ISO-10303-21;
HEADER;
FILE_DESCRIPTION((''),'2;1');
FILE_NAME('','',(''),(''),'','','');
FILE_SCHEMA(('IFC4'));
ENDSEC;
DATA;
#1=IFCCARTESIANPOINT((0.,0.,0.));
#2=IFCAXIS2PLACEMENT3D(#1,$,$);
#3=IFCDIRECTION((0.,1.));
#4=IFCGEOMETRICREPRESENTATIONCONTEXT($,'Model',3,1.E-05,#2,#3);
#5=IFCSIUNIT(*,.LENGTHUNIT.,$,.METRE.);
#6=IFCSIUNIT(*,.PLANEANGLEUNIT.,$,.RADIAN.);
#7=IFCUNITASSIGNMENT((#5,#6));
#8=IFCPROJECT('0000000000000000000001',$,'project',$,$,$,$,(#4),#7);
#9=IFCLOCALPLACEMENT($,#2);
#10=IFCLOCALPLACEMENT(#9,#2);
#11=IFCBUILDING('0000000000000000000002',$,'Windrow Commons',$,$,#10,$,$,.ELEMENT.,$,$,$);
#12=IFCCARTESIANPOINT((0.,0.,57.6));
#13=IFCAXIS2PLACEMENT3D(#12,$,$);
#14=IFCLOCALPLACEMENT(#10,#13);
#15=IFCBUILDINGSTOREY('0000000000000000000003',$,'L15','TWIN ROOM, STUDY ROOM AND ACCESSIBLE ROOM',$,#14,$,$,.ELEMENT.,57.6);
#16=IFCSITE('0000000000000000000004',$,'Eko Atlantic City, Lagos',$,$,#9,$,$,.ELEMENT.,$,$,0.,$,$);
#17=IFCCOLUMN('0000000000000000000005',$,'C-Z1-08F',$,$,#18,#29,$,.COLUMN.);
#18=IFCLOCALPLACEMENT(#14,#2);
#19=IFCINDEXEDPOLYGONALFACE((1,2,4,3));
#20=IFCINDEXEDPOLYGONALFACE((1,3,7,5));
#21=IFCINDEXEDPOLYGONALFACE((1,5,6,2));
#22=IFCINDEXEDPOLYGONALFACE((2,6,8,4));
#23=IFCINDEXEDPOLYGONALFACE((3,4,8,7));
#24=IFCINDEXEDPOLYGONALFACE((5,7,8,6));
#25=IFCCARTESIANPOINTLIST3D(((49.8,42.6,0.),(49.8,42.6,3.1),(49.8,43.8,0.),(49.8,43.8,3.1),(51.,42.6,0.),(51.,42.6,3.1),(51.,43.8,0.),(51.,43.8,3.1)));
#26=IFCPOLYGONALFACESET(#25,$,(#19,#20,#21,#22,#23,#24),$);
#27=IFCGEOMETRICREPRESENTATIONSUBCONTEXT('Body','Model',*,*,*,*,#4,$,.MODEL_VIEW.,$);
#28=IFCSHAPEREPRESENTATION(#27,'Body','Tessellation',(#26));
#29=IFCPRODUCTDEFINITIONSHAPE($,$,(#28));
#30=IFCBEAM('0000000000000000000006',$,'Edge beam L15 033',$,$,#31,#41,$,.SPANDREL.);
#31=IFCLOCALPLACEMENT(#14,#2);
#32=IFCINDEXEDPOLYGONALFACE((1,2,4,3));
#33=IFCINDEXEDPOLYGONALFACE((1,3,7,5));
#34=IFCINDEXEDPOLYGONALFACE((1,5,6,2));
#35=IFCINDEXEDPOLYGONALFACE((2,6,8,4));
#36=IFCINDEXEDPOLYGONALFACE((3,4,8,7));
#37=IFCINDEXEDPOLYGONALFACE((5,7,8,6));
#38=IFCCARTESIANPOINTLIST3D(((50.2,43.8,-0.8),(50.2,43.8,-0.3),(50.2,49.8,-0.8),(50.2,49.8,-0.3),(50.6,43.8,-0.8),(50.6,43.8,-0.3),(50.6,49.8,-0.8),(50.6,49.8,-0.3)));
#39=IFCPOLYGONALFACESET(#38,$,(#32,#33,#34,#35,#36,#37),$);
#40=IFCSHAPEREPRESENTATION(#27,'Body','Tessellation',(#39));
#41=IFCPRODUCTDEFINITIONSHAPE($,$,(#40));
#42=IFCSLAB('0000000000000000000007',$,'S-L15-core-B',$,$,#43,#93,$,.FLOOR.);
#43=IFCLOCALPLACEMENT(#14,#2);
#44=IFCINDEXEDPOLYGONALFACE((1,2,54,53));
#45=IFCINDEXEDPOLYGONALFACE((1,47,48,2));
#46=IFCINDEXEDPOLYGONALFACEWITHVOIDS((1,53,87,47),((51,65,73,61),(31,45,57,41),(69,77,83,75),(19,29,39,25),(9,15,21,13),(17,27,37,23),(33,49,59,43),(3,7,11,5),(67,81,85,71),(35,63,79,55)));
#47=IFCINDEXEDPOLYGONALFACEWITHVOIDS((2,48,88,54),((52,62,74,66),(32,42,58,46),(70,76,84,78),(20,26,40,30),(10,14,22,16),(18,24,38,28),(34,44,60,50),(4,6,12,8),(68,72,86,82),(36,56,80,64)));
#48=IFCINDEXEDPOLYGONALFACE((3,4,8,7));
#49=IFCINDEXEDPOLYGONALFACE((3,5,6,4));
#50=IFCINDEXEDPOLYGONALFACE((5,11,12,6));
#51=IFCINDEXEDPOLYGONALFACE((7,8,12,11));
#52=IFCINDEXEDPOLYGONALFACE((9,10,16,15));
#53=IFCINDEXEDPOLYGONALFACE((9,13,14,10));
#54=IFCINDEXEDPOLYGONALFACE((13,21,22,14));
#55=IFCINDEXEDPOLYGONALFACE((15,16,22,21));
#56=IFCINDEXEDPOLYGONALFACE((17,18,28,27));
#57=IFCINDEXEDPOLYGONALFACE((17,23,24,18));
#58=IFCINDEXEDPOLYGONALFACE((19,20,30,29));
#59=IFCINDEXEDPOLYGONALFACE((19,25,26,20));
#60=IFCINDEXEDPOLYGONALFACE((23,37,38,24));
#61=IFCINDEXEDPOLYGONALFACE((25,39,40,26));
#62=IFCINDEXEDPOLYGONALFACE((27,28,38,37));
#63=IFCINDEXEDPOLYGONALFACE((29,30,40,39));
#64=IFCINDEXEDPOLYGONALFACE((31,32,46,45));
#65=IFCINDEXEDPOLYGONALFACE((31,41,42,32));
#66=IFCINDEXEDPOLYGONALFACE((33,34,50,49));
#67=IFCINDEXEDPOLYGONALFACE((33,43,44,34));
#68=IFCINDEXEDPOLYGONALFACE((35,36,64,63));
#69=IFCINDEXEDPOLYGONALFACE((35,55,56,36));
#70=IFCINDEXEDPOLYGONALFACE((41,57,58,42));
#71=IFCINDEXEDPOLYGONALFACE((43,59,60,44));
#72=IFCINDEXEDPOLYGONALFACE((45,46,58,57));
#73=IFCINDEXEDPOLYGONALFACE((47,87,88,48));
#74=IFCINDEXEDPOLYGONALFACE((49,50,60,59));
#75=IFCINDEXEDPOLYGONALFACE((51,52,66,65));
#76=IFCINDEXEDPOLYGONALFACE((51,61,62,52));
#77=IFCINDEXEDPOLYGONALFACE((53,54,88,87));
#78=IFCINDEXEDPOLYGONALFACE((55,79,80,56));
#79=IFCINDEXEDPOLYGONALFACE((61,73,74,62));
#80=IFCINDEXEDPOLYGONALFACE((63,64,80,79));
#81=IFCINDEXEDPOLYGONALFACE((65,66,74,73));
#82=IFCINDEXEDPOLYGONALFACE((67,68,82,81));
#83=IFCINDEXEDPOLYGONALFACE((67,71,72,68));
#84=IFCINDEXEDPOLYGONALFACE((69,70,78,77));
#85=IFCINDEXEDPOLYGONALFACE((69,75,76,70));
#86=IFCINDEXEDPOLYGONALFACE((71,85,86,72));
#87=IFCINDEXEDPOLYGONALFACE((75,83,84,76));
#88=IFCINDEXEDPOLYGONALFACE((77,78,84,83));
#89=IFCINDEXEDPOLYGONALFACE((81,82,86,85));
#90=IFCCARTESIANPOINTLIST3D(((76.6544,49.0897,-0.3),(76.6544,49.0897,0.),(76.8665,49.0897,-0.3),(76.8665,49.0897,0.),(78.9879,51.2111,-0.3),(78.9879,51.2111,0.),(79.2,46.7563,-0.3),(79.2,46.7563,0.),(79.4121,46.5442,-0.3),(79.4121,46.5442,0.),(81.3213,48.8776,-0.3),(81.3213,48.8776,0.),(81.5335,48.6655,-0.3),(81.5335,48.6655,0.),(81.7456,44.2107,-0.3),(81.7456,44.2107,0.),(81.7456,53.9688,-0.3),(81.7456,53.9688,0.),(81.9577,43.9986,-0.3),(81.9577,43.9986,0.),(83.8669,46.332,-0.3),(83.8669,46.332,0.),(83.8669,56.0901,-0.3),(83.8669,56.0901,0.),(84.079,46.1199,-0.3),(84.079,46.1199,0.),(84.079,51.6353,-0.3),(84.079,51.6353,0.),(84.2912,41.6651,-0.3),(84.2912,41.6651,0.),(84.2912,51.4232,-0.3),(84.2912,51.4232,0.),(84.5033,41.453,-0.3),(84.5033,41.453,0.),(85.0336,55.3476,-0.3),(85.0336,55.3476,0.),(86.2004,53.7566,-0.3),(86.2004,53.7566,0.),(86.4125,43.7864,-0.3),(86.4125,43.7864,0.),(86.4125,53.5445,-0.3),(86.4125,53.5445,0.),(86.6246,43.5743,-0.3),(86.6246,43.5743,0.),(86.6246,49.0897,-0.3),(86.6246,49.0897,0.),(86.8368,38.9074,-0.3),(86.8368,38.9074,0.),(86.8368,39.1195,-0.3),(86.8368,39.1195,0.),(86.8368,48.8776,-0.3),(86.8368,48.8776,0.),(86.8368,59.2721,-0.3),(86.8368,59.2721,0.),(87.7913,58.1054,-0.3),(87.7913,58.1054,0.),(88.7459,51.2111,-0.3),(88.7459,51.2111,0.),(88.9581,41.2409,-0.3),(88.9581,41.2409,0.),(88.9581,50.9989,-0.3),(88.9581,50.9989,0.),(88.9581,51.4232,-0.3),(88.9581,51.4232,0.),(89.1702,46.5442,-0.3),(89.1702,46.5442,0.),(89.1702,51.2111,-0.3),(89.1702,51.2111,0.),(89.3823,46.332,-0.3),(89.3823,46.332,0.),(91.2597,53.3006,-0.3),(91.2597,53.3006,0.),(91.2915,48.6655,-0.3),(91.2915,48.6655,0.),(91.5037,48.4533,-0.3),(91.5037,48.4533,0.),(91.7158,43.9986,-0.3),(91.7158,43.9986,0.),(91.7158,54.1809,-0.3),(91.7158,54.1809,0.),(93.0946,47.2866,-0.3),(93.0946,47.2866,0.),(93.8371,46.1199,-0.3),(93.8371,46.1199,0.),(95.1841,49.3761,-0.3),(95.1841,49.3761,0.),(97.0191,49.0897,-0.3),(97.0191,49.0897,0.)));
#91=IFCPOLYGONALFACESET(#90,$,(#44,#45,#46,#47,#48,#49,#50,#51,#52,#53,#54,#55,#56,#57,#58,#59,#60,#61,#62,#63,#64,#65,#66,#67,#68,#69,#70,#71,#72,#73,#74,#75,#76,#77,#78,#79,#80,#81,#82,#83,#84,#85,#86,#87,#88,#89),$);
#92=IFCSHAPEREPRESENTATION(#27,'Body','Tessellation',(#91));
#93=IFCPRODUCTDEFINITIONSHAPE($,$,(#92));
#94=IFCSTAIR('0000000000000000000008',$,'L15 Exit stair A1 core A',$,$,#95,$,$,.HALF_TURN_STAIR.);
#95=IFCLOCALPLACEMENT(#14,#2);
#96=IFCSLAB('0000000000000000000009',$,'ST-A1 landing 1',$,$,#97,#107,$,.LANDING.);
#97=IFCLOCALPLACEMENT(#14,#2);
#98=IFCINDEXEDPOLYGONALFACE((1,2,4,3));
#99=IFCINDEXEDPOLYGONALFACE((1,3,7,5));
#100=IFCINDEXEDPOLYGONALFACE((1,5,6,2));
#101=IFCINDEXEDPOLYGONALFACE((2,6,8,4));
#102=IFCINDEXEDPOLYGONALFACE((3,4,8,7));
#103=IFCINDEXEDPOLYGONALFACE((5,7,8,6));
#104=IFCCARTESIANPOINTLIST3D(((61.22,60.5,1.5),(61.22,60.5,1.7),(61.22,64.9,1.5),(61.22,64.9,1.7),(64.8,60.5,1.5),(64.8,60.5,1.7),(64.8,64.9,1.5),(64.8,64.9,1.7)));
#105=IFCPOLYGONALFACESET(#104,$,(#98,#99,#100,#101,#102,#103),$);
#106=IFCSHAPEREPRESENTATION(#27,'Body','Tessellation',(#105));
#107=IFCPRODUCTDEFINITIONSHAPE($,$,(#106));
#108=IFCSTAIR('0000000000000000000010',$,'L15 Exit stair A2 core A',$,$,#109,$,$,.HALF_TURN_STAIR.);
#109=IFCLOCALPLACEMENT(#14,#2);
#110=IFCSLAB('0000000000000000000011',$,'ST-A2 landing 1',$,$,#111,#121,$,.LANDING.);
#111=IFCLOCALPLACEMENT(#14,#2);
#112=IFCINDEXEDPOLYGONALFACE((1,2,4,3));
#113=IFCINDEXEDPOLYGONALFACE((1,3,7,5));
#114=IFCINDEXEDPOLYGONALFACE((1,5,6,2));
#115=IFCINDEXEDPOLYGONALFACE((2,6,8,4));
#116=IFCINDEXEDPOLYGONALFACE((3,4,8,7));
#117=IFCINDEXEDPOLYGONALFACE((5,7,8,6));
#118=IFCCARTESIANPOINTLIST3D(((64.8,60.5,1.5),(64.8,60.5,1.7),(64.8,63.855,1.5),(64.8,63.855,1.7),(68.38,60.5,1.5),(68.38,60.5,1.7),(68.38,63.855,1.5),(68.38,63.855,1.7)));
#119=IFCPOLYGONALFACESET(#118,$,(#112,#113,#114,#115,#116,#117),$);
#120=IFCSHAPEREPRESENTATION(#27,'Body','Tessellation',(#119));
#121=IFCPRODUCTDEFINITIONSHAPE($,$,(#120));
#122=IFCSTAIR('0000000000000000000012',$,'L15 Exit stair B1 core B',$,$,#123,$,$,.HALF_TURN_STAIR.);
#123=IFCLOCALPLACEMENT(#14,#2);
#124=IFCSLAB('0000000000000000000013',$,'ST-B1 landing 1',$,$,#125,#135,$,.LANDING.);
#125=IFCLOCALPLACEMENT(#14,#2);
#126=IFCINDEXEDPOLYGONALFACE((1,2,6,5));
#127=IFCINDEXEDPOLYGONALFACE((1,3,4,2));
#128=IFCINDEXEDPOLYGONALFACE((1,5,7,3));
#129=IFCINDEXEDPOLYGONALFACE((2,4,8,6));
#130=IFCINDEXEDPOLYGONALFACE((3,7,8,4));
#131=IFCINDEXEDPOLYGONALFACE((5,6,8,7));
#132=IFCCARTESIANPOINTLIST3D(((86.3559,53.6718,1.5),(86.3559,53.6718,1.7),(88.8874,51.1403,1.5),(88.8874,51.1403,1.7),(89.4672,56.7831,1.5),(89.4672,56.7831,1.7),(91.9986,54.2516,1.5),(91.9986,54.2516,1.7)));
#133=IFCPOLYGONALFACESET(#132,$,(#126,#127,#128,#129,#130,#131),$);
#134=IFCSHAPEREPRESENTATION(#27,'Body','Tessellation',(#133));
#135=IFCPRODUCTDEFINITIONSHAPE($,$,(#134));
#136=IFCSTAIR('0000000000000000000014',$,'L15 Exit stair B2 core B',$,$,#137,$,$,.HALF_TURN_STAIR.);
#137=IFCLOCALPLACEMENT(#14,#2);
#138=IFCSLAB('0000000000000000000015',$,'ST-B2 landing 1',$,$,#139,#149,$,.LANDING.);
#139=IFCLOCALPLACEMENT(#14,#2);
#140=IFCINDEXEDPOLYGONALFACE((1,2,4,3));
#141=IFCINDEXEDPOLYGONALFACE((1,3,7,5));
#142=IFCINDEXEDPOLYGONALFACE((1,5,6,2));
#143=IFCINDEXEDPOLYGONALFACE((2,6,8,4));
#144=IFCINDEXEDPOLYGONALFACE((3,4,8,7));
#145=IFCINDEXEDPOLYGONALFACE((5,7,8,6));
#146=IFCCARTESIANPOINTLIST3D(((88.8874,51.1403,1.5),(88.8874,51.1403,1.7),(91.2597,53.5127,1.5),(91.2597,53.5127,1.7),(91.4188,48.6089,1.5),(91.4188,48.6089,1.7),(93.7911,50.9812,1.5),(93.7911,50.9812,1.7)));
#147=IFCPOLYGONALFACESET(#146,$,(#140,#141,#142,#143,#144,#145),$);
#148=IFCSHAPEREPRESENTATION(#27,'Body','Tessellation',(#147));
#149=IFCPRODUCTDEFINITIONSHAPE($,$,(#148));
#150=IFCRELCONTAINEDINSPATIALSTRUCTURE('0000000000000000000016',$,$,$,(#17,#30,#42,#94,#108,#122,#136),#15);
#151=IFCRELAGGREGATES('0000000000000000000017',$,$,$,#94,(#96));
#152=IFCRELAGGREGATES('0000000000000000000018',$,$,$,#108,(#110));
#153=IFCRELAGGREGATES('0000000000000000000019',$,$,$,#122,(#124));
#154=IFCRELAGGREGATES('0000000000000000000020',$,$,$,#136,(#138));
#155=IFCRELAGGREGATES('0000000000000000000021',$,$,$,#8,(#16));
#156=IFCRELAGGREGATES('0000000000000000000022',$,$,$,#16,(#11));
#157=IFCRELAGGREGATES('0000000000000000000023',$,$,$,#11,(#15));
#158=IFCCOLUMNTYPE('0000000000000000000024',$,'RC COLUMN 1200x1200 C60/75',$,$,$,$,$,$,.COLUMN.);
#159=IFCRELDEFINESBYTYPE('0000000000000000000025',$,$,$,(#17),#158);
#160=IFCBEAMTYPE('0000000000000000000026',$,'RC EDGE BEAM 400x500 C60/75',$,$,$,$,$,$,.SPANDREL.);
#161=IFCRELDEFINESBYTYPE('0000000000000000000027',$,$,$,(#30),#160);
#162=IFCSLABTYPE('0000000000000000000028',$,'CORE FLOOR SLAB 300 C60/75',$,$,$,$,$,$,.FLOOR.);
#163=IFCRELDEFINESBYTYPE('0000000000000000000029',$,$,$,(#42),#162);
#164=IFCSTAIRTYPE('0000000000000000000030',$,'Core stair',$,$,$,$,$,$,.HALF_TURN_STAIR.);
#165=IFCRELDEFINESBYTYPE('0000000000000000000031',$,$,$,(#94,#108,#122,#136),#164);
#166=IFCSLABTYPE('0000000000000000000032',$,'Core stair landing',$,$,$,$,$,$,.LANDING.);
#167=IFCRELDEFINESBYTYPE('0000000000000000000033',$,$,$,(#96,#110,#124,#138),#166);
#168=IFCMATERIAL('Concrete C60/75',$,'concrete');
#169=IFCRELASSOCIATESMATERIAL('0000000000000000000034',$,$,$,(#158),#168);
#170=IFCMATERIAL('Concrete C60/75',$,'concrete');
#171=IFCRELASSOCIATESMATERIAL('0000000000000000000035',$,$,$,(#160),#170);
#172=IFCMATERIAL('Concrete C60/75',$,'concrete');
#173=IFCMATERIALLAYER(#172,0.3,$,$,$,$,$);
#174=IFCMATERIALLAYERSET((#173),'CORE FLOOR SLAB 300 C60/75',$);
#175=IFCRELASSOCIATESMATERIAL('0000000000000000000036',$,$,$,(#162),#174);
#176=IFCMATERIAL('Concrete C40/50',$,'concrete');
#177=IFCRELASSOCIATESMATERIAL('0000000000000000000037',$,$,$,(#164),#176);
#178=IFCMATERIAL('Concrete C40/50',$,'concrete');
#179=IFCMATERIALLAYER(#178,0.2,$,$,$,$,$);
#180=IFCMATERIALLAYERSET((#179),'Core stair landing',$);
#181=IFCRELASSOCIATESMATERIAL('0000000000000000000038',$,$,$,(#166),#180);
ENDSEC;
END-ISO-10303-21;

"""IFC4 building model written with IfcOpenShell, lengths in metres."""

from ifc_helpers import new_model, si_unit, direction, frame, origin, origin_2d, place, context, subcontext, project, spatial, polyline, rectangle, outline, extrude, material, layer, layer_set, material_profile, profile_set, type_object, element, aggregate, save


model = new_model("IFC4")

# Units and contexts
model_context = context("Model", 3, precision=1e-05, world=origin(), true_north=direction((0.0, 1.0)))
body_context = subcontext(model_context, "Body", "Model", "MODEL_VIEW")
ifc_project = project(units=[si_unit("LENGTHUNIT", "METRE"), si_unit("PLANEANGLEUNIT", "RADIAN")], contexts=[model_context])

# Site, building, storey
site_placement = place(None, origin())
site = spatial("IfcSite", under=ifc_project, at=site_placement, Name="Eko Atlantic City, Lagos", CompositionType="ELEMENT", RefElevation=0.0)
building_placement = place(site_placement, origin())
building = spatial("IfcBuilding", under=site, at=building_placement, Name="Windrow Commons", CompositionType="ELEMENT")
storey_placement = place(building_placement, frame((0.0, 0.0, 57.6)))
storey = spatial("IfcBuildingStorey", under=building, at=storey_placement, Name="L15", Description="TWIN ROOM, STUDY ROOM AND ACCESSIBLE ROOM", CompositionType="ELEMENT", Elevation=57.6)

# Column
ifc_material_1 = material(Name="Concrete C60/75", Category="concrete")
ifc_material_profile_1 = material_profile(ifc_material_1, rectangle(XDim=1.2, YDim=1.2, at=origin_2d()))
ifc_profile_set_1 = profile_set([ifc_material_profile_1], Name="Concrete C60/75")
column_type = type_object("IfcColumnType", Name="RC COLUMN 1200x1200 C60/75", PredefinedType="COLUMN", material=ifc_profile_set_1)
column_placement = place(storey_placement, frame((50.4, 43.2, 0.0), z_axis=(0.0, 0.0, 1.0), x_axis=(1.0, 0.0, 0.0)))
element("IfcColumn", 1, at=column_placement, inside=storey, type_object=column_type, Name="C-Z1-08F", PredefinedType="COLUMN", context=body_context, shape_type="SweptSolid", body=[
    extrude(rectangle(XDim=1.2, YDim=1.2, at=origin_2d()), origin(), (0.0, 0.0, 1.0), 3.1),
])

# Beam
ifc_material_2 = material(Name="Concrete C60/75", Category="concrete")
ifc_material_profile_2 = material_profile(ifc_material_2, rectangle(XDim=0.4, YDim=0.5, at=origin_2d()))
ifc_profile_set_2 = profile_set([ifc_material_profile_2], Name="Concrete C60/75")
beam_type = type_object("IfcBeamType", Name="RC EDGE BEAM 400x500 C60/75", PredefinedType="SPANDREL", material=ifc_profile_set_2)
beam_placement = place(storey_placement, frame((50.4, 43.8, -0.55), z_axis=(0.0, 1.0, 0.0), x_axis=(-1.0, 0.0, 0.0)))
element("IfcBeam", 2, at=beam_placement, inside=storey, type_object=beam_type, Name="Edge beam L15 033", PredefinedType="SPANDREL", context=body_context, shape_type="SweptSolid", body=[
    extrude(rectangle(XDim=0.4, YDim=0.5, at=origin_2d()), origin(), (0.0, 0.0, 1.0), 6.0),
])

# Slab, openings
ifc_material_3 = material(Name="Concrete C60/75", Category="concrete")
ifc_layer_1 = layer(ifc_material_3, 0.3)
ifc_layer_set_1 = layer_set([ifc_layer_1], Name="CORE FLOOR SLAB 300 C60/75")
slab_type_1 = type_object("IfcSlabType", Name="CORE FLOOR SLAB 300 C60/75", PredefinedType="FLOOR", material=ifc_layer_set_1)
placement_1 = place(storey_placement, frame((0.0, 0.0, -0.3)))
slab_1 = element("IfcSlab", 3, at=placement_1, inside=storey, type_object=slab_type_1, Name="S-L15-core-B", PredefinedType="FLOOR", context=body_context, shape_type="SweptSolid", body=[
    extrude(outline(polyline([(76.6544, 49.0897), (86.8368, 38.9074), (97.0191, 49.0897), (86.8368, 59.2721), (76.6544, 49.0897)]), holes=[polyline([(76.8665, 49.0897), (79.2, 46.7563), (81.3213, 48.8776), (78.9879, 51.2111), (76.8665, 49.0897)]), polyline([(79.4121, 46.5442), (81.7456, 44.2107), (83.8669, 46.332), (81.5335, 48.6655), (79.4121, 46.5442)]), polyline([(81.9577, 43.9986), (84.2912, 41.6651), (86.4125, 43.7864), (84.079, 46.1199), (81.9577, 43.9986)]), polyline([(84.5033, 41.453), (86.8368, 39.1195), (88.9581, 41.2409), (86.6246, 43.5743), (84.5033, 41.453)]), polyline([(81.7456, 53.9688), (84.079, 51.6353), (86.2004, 53.7566), (83.8669, 56.0901), (81.7456, 53.9688)]), polyline([(84.2912, 51.4232), (86.6246, 49.0897), (88.7459, 51.2111), (86.4125, 53.5445), (84.2912, 51.4232)]), polyline([(86.8368, 48.8776), (89.1702, 46.5442), (91.2915, 48.6655), (88.9581, 50.9989), (86.8368, 48.8776)]), polyline([(89.3823, 46.332), (91.7158, 43.9986), (93.8371, 46.1199), (91.5037, 48.4533), (89.3823, 46.332)]), polyline([(85.0336, 55.3476), (88.9581, 51.4232), (91.7158, 54.1809), (87.7913, 58.1054), (85.0336, 55.3476)]), polyline([(89.1702, 51.2111), (93.0946, 47.2866), (95.1841, 49.3761), (91.2597, 53.3006), (89.1702, 51.2111)])]), origin(), (0.0, 0.0, 1.0), 0.3),
])
opening_1_placement = place(placement_1, origin())
element("IfcOpeningElement", 4, at=opening_1_placement, cuts=slab_1, PredefinedType="OPENING", context=body_context, shape_type="SweptSolid", body=[
    extrude(outline(polyline([(76.8736, 49.0897), (78.9879, 51.204), (81.3142, 48.8776), (79.2, 46.7634), (76.8736, 49.0897)])), origin(), (0.0, 0.0, 1.0), 0.3),
])
opening_2_placement = place(placement_1, origin())
element("IfcOpeningElement", 5, at=opening_2_placement, cuts=slab_1, PredefinedType="OPENING", context=body_context, shape_type="SweptSolid", body=[
    extrude(outline(polyline([(79.4192, 46.5442), (81.5335, 48.6584), (83.8598, 46.332), (81.7456, 44.2178), (79.4192, 46.5442)])), origin(), (0.0, 0.0, 1.0), 0.3),
])
opening_3_placement = place(placement_1, origin())
element("IfcOpeningElement", 6, at=opening_3_placement, cuts=slab_1, PredefinedType="OPENING", context=body_context, shape_type="SweptSolid", body=[
    extrude(outline(polyline([(81.9648, 43.9986), (84.079, 46.1128), (86.4054, 43.7864), (84.2912, 41.6722), (81.9648, 43.9986)])), origin(), (0.0, 0.0, 1.0), 0.3),
])
opening_4_placement = place(placement_1, origin())
element("IfcOpeningElement", 7, at=opening_4_placement, cuts=slab_1, PredefinedType="OPENING", context=body_context, shape_type="SweptSolid", body=[
    extrude(outline(polyline([(84.5104, 41.453), (86.6246, 43.5672), (88.951, 41.2409), (86.8368, 39.1266), (84.5104, 41.453)])), origin(), (0.0, 0.0, 1.0), 0.3),
])
opening_5_placement = place(placement_1, origin())
element("IfcOpeningElement", 8, at=opening_5_placement, cuts=slab_1, PredefinedType="OPENING", context=body_context, shape_type="SweptSolid", body=[
    extrude(outline(polyline([(81.7527, 53.9688), (83.8669, 56.083), (86.1933, 53.7566), (84.079, 51.6424), (81.7527, 53.9688)])), origin(), (0.0, 0.0, 1.0), 0.3),
])
opening_6_placement = place(placement_1, origin())
element("IfcOpeningElement", 9, at=opening_6_placement, cuts=slab_1, PredefinedType="OPENING", context=body_context, shape_type="SweptSolid", body=[
    extrude(outline(polyline([(84.2983, 51.4232), (86.4125, 53.5374), (88.7388, 51.2111), (86.6246, 49.0968), (84.2983, 51.4232)])), origin(), (0.0, 0.0, 1.0), 0.3),
])
opening_7_placement = place(placement_1, origin())
element("IfcOpeningElement", 10, at=opening_7_placement, cuts=slab_1, PredefinedType="OPENING", context=body_context, shape_type="SweptSolid", body=[
    extrude(outline(polyline([(86.8439, 48.8776), (88.9581, 50.9918), (91.2844, 48.6655), (89.1702, 46.5513), (86.8439, 48.8776)])), origin(), (0.0, 0.0, 1.0), 0.3),
])
opening_8_placement = place(placement_1, origin())
element("IfcOpeningElement", 11, at=opening_8_placement, cuts=slab_1, PredefinedType="OPENING", context=body_context, shape_type="SweptSolid", body=[
    extrude(outline(polyline([(89.3894, 46.332), (91.5037, 48.4462), (93.83, 46.1199), (91.7158, 44.0057), (89.3894, 46.332)])), origin(), (0.0, 0.0, 1.0), 0.3),
])
opening_9_placement = place(placement_1, origin())
element("IfcOpeningElement", 12, at=opening_9_placement, cuts=slab_1, PredefinedType="OPENING", context=body_context, shape_type="SweptSolid", body=[
    extrude(outline(polyline([(85.0407, 55.3476), (87.7913, 58.0983), (91.7087, 54.1809), (88.9581, 51.4303), (85.0407, 55.3476)])), origin(), (0.0, 0.0, 1.0), 0.3),
])
opening_10_placement = place(placement_1, origin())
element("IfcOpeningElement", 13, at=opening_10_placement, cuts=slab_1, PredefinedType="OPENING", context=body_context, shape_type="SweptSolid", body=[
    extrude(outline(polyline([(89.1773, 51.2111), (91.2597, 53.2935), (95.177, 49.3761), (93.0946, 47.2937), (89.1773, 51.2111)])), origin(), (0.0, 0.0, 1.0), 0.3),
])

# Stairs, slabs
ifc_material_4 = material(Name="Concrete C40/50", Category="concrete")
stair_type = type_object("IfcStairType", Name="Core stair", PredefinedType="HALF_TURN_STAIR", material=ifc_material_4)
placement_2 = place(storey_placement, origin())
stair_1 = element("IfcStair", 14, at=placement_2, inside=storey, type_object=stair_type, Name="L15 Exit stair A1 core A", PredefinedType="HALF_TURN_STAIR")
ifc_material_5 = material(Name="Concrete C40/50", Category="concrete")
ifc_layer_2 = layer(ifc_material_5, 0.2)
ifc_layer_set_2 = layer_set([ifc_layer_2], Name="Core stair landing")
slab_type_2 = type_object("IfcSlabType", Name="Core stair landing", PredefinedType="LANDING", material=ifc_layer_set_2)
placement_3 = place(storey_placement, frame((0.0, 0.0, 1.5)))
slab_2 = element("IfcSlab", 15, at=placement_3, type_object=slab_type_2, Name="ST-A1 landing 1", PredefinedType="LANDING", context=body_context, shape_type="SweptSolid", body=[
    extrude(outline(polyline([(61.22, 60.5), (64.8, 60.5), (64.8, 64.9), (61.22, 64.9), (61.22, 60.5)])), origin(), (0.0, 0.0, 1.0), 0.2),
])
aggregate(stair_1, [slab_2])
stair_2 = element("IfcStair", 16, at=placement_2, inside=storey, type_object=stair_type, Name="L15 Exit stair A2 core A", PredefinedType="HALF_TURN_STAIR")
slab_3 = element("IfcSlab", 17, at=placement_3, type_object=slab_type_2, Name="ST-A2 landing 1", PredefinedType="LANDING", context=body_context, shape_type="SweptSolid", body=[
    extrude(outline(polyline([(64.8, 60.5), (68.38, 60.5), (68.38, 63.855), (64.8, 63.855), (64.8, 60.5)])), origin(), (0.0, 0.0, 1.0), 0.2),
])
aggregate(stair_2, [slab_3])
stair_3 = element("IfcStair", 18, at=placement_2, inside=storey, type_object=stair_type, Name="L15 Exit stair B1 core B", PredefinedType="HALF_TURN_STAIR")
slab_4 = element("IfcSlab", 19, at=placement_3, type_object=slab_type_2, Name="ST-B1 landing 1", PredefinedType="LANDING", context=body_context, shape_type="SweptSolid", body=[
    extrude(outline(polyline([(86.3559, 53.6718), (88.8874, 51.1403), (91.9986, 54.2516), (89.4672, 56.7831), (86.3559, 53.6718)])), origin(), (0.0, 0.0, 1.0), 0.2),
])
aggregate(stair_3, [slab_4])
stair_4 = element("IfcStair", 20, at=placement_2, inside=storey, type_object=stair_type, Name="L15 Exit stair B2 core B", PredefinedType="HALF_TURN_STAIR")
slab_5 = element("IfcSlab", 21, at=placement_3, type_object=slab_type_2, Name="ST-B2 landing 1", PredefinedType="LANDING", context=body_context, shape_type="SweptSolid", body=[
    extrude(outline(polyline([(88.8874, 51.1403), (91.4188, 48.6089), (93.7911, 50.9812), (91.2597, 53.5127), (88.8874, 51.1403)])), origin(), (0.0, 0.0, 1.0), 0.2),
])
aggregate(stair_4, [slab_5])

save(model, "model.ifc")
